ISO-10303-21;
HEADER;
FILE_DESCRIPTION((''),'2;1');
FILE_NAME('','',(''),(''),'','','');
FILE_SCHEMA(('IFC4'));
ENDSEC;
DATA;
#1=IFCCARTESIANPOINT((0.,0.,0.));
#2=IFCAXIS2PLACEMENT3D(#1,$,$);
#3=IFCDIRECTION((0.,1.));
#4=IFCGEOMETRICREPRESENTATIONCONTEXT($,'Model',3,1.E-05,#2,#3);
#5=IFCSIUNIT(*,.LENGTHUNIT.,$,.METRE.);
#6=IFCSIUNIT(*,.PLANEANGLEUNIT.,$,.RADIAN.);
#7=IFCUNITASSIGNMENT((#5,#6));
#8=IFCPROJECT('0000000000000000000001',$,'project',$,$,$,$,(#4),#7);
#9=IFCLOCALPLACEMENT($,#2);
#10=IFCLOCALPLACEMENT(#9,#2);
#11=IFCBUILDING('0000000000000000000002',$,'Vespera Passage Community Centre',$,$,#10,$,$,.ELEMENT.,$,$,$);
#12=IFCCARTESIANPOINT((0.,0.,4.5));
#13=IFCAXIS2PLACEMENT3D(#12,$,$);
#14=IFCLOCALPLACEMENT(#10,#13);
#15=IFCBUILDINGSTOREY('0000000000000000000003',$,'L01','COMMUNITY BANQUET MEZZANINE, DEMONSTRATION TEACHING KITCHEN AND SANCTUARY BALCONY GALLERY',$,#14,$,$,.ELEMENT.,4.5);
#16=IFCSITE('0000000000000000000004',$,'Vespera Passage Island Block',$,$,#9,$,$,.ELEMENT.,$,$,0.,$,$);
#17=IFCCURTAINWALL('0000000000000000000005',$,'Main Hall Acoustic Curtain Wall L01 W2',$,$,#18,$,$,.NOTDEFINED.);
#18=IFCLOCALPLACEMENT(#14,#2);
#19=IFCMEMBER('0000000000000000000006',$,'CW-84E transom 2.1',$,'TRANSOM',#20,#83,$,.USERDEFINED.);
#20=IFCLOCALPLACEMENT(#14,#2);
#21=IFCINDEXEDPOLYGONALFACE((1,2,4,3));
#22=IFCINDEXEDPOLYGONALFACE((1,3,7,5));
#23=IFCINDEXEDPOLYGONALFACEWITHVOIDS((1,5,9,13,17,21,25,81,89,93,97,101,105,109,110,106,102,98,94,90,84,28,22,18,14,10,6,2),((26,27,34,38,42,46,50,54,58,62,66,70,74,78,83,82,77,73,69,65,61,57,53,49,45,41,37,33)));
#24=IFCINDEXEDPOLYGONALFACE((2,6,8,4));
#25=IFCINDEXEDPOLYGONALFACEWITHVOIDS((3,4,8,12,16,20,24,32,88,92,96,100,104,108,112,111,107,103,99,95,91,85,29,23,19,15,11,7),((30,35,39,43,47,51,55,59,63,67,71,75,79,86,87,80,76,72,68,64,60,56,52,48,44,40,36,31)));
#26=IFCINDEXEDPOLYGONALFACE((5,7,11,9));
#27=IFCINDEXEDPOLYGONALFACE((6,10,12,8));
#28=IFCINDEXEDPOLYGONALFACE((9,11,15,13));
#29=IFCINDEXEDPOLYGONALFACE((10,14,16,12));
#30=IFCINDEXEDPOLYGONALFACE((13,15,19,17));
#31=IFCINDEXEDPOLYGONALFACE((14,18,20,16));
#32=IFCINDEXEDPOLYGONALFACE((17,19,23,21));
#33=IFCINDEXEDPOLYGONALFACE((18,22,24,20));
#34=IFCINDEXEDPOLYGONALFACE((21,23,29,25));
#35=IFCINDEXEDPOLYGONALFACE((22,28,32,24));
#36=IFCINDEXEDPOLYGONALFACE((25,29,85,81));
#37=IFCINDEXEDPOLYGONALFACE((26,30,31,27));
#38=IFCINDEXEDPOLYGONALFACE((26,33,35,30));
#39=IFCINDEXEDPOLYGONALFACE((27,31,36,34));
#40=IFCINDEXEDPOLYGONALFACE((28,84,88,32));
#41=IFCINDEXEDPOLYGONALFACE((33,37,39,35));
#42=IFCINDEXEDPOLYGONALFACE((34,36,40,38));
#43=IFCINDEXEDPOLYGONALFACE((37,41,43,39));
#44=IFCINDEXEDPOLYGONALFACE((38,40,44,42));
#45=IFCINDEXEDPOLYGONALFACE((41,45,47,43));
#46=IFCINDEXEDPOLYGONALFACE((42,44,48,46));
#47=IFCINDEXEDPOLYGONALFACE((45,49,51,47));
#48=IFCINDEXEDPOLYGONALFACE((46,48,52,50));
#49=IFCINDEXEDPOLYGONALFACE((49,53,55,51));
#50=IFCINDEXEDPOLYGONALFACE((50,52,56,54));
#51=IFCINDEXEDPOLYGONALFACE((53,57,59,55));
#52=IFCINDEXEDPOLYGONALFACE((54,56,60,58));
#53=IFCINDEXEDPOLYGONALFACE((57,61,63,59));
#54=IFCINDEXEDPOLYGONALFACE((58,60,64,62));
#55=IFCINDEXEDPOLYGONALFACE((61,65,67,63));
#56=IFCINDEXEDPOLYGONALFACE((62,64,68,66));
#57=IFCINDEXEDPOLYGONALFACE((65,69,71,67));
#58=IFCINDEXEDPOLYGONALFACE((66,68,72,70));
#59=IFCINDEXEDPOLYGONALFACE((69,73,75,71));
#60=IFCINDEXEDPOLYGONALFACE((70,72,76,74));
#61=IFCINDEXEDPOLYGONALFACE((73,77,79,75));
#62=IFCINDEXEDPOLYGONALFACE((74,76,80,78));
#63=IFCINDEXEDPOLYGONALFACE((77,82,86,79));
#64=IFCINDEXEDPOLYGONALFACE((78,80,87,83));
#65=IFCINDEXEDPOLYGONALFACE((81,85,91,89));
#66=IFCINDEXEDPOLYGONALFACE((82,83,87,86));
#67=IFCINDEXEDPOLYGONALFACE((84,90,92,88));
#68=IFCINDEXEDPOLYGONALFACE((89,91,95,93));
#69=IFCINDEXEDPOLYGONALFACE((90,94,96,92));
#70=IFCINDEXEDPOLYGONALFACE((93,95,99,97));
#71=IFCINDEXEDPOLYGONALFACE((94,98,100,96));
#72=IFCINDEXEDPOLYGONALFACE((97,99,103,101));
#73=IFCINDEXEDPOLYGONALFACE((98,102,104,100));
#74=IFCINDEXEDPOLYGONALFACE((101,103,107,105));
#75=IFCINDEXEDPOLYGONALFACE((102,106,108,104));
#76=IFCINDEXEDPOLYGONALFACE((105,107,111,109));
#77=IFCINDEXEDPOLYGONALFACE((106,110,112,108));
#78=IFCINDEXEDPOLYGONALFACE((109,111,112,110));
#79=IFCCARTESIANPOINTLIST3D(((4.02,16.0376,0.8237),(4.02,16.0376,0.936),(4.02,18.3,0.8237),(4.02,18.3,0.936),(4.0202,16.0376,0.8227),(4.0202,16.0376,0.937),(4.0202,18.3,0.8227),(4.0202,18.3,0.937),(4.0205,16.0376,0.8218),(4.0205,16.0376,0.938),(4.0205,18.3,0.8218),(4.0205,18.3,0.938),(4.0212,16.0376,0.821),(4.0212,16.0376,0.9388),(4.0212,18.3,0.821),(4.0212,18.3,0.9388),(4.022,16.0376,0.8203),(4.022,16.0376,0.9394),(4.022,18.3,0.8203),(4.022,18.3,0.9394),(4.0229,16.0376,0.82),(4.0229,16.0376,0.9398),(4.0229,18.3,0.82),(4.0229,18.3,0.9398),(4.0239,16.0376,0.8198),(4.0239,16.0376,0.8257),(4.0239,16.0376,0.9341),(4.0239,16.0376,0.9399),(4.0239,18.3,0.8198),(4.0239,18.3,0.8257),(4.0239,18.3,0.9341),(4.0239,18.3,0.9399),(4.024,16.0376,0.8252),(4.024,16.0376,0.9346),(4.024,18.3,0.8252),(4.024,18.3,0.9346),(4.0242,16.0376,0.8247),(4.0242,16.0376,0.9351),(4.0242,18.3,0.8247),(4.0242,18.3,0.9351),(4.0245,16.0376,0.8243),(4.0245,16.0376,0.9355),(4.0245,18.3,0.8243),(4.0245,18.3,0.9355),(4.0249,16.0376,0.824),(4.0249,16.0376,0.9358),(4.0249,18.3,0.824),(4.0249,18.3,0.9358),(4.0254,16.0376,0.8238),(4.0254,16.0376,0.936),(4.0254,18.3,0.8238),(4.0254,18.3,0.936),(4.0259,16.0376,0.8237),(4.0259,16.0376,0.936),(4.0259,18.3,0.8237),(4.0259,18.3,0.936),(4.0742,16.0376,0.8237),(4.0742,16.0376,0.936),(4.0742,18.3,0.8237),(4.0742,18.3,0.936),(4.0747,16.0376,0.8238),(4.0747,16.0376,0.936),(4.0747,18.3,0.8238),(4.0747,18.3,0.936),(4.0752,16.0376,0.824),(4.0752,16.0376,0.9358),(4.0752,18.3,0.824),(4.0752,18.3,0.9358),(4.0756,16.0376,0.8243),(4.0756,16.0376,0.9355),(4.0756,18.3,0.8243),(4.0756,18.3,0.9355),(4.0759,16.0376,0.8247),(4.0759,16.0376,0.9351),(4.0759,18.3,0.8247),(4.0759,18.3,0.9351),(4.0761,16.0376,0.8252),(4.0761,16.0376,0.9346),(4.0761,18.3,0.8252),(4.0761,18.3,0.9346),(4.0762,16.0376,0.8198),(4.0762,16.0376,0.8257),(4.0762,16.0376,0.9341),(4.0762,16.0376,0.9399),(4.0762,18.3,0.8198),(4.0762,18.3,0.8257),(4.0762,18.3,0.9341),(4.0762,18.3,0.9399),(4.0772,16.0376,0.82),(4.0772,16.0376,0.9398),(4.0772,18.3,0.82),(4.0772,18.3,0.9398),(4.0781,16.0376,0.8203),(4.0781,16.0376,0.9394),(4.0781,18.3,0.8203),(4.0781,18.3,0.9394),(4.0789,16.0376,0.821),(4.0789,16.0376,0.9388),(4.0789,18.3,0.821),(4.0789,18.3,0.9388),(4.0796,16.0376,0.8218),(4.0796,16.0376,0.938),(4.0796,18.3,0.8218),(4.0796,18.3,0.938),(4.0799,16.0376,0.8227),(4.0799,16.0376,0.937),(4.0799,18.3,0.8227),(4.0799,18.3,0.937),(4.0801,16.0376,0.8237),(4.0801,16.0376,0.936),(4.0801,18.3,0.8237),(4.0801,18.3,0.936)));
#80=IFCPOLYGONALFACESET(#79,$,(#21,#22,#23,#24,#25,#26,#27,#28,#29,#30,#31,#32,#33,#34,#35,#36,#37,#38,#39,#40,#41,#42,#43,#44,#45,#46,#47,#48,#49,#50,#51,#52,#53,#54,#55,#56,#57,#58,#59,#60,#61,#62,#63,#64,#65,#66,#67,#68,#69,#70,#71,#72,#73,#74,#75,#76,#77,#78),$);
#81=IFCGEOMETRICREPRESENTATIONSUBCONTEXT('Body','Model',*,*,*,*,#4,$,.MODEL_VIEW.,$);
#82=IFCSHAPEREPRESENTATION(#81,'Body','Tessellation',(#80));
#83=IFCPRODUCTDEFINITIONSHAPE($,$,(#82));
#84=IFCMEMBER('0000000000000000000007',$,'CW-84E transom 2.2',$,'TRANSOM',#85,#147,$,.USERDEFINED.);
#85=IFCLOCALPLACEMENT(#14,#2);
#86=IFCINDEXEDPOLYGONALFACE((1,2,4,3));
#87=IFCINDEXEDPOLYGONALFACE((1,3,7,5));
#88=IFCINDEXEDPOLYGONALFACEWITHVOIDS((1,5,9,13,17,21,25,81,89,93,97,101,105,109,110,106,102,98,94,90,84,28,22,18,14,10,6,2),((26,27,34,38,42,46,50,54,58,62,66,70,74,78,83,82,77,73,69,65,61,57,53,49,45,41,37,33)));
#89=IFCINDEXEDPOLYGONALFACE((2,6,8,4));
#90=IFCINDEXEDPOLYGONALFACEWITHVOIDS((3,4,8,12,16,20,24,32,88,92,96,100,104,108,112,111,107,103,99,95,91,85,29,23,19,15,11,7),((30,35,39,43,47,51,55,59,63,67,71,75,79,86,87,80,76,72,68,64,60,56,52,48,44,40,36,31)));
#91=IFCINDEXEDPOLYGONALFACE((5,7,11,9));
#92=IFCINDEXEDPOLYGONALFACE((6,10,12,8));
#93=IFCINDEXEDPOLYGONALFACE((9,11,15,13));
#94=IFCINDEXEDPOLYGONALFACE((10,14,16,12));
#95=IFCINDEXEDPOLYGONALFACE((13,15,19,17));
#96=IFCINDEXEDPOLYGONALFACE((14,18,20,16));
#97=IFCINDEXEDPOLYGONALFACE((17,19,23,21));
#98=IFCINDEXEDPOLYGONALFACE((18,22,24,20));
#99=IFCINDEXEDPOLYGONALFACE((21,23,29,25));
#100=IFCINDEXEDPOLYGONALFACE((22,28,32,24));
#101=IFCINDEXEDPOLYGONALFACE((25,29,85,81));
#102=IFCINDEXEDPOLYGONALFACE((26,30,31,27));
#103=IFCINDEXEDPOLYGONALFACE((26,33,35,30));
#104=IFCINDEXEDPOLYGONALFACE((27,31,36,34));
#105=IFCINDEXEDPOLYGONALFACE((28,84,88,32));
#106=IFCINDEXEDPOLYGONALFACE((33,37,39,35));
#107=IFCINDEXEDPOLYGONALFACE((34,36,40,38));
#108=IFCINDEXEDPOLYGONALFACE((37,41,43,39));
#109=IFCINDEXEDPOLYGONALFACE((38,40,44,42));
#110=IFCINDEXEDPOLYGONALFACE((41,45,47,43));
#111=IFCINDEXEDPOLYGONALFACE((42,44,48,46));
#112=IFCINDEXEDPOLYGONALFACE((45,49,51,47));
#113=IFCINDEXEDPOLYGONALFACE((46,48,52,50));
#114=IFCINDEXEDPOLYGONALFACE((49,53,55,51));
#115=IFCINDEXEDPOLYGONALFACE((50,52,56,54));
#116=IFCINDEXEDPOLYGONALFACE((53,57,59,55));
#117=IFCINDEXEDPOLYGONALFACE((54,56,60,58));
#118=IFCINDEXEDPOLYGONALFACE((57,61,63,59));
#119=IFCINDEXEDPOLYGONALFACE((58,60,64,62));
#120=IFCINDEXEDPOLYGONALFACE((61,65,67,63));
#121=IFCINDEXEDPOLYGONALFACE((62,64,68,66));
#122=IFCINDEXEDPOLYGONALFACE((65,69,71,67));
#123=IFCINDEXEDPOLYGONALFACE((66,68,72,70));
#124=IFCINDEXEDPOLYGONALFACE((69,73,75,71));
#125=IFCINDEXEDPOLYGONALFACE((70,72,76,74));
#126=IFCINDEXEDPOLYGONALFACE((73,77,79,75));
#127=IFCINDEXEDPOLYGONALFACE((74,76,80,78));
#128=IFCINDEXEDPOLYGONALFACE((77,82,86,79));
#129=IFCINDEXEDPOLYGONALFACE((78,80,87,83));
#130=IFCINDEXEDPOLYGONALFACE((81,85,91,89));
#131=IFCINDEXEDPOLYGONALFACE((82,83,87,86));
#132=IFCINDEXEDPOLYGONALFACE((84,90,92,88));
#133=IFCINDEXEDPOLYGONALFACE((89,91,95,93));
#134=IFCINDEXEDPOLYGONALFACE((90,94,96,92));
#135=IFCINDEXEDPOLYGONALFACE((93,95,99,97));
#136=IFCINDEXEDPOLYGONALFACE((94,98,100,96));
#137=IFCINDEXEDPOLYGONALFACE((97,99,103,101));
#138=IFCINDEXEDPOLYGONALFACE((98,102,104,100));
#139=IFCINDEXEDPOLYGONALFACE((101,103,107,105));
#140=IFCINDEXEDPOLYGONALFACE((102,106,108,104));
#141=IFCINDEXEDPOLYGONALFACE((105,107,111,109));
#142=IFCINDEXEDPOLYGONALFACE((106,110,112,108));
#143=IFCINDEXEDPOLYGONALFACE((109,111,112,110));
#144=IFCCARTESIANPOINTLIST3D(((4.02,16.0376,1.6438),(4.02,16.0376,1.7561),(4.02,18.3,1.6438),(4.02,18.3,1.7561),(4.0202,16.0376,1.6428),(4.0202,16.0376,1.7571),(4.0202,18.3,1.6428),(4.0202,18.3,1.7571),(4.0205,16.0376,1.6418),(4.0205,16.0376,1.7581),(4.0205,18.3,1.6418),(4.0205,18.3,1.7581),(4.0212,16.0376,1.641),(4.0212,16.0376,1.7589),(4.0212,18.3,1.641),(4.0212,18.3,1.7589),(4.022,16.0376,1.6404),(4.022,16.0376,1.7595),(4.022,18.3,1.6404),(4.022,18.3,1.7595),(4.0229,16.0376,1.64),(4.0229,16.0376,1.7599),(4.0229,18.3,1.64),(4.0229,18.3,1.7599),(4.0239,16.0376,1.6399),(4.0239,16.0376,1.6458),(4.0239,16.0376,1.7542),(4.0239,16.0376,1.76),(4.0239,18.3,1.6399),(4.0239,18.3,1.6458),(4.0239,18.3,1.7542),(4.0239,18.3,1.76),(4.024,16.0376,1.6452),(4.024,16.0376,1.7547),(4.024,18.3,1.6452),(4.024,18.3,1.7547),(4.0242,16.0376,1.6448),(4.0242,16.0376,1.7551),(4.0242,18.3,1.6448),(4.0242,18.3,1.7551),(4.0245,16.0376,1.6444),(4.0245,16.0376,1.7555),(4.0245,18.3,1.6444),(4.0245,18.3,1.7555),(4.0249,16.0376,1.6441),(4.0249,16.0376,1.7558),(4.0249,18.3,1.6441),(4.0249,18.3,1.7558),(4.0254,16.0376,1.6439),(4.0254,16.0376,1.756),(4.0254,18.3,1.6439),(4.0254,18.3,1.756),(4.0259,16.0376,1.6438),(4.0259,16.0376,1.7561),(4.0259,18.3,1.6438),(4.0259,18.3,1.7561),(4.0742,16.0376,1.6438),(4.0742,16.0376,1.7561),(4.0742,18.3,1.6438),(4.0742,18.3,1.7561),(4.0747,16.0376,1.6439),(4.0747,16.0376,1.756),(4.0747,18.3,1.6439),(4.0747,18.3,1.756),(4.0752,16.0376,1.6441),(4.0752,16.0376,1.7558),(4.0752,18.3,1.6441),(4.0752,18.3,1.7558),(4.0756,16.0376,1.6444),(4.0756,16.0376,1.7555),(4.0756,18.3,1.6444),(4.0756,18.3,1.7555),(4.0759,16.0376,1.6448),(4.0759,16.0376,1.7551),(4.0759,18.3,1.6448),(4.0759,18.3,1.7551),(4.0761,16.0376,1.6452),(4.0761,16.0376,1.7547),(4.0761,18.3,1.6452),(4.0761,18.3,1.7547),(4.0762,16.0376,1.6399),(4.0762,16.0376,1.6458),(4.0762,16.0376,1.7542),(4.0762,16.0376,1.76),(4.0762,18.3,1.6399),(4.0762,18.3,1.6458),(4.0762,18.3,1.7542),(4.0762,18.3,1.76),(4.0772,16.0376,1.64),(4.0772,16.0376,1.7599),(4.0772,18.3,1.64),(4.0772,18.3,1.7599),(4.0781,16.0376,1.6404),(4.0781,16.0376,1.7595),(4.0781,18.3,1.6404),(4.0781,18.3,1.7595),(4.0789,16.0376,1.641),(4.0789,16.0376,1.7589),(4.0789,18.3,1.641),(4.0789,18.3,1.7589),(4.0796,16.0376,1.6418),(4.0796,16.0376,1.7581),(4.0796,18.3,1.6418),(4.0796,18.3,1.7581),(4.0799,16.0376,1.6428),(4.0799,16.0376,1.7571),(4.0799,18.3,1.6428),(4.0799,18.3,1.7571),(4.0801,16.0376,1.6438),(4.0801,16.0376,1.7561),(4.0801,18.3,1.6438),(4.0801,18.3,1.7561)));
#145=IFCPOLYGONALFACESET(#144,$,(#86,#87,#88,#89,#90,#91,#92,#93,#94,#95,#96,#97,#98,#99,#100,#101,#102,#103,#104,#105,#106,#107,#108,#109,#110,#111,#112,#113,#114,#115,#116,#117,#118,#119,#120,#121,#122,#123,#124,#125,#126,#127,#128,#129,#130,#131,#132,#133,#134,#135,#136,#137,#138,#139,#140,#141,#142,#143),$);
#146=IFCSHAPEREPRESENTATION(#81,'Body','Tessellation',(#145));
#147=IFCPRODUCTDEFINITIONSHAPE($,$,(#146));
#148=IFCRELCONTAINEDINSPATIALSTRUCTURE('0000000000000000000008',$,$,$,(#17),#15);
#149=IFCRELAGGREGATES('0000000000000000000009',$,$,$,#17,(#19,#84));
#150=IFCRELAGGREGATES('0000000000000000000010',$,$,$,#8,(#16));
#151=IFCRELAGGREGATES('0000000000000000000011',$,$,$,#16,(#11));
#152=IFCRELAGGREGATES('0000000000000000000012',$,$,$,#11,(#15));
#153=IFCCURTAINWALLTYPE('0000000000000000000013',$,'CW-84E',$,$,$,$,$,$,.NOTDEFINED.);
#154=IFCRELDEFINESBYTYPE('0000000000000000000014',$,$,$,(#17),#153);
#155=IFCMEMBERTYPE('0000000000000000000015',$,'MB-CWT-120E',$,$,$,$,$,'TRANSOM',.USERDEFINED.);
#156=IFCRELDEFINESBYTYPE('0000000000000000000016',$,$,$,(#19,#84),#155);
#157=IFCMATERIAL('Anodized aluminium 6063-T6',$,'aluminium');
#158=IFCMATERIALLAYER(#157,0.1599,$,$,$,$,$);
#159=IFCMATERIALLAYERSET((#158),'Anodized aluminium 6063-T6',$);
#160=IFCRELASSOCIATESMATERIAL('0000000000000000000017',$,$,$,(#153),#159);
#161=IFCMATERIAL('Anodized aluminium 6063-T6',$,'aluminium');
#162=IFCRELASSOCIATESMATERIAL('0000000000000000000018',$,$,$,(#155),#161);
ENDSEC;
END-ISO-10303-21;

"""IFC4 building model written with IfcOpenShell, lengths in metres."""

from ifc_helpers import new_model, si_unit, direction, frame, origin, origin_2d, place, context, subcontext, project, spatial, hollow_rectangle, extrude, material, layer, layer_set, material_profile, profile_set, type_object, element, aggregate, save


model = new_model("IFC4")

# Units and contexts
model_context = context("Model", 3, precision=1e-05, world=origin(), true_north=direction((0.0, 1.0)))
body_context = subcontext(model_context, "Body", "Model", "MODEL_VIEW")
ifc_project = project(units=[si_unit("LENGTHUNIT", "METRE"), si_unit("PLANEANGLEUNIT", "RADIAN")], contexts=[model_context])

# Site, building, storey
site_placement = place(None, origin())
site = spatial("IfcSite", under=ifc_project, at=site_placement, Name="Vespera Passage Island Block", CompositionType="ELEMENT", RefElevation=0.0)
building_placement = place(site_placement, origin())
building = spatial("IfcBuilding", under=site, at=building_placement, Name="Vespera Passage Community Centre", CompositionType="ELEMENT")
storey_placement = place(building_placement, frame((0.0, 0.0, 4.5)))
storey = spatial("IfcBuildingStorey", under=building, at=storey_placement, Name="L01", Description="COMMUNITY BANQUET MEZZANINE, DEMONSTRATION TEACHING KITCHEN AND SANCTUARY BALCONY GALLERY", CompositionType="ELEMENT", Elevation=4.5)

# Curtain wall
ifc_material_1 = material(Name="Anodized aluminium 6063-T6", Category="aluminium")
ifc_layer_1 = layer(ifc_material_1, 0.1599)
ifc_layer_set_1 = layer_set([ifc_layer_1], Name="Anodized aluminium 6063-T6")
curtain_wall_type = type_object("IfcCurtainWallType", Name="CW-84E", PredefinedType="NOTDEFINED", material=ifc_layer_set_1)
curtain_wall_1_placement = place(storey_placement, origin())
curtain_wall_1 = element("IfcCurtainWall", 1, at=curtain_wall_1_placement, inside=storey, type_object=curtain_wall_type, Name="Main Hall Acoustic Curtain Wall L01 W2", PredefinedType="NOTDEFINED")

# Members
ifc_material_2 = material(Name="Anodized aluminium 6063-T6", Category="aluminium")
ifc_material_profile_1 = material_profile(ifc_material_2, hollow_rectangle(XDim=0.0601, YDim=0.1201, WallThickness=0.0039, InnerFilletRadius=0.002, OuterFilletRadius=0.0039, at=origin_2d()), Name="ALU120X60X4")
ifc_profile_set_1 = profile_set([ifc_material_profile_1], Name="Anodized aluminium 6063-T6")
member_type_1 = type_object("IfcMemberType", Name="MB-CWT-120E", ElementType="TRANSOM", PredefinedType="USERDEFINED", material=ifc_profile_set_1)
member_1_placement = place(storey_placement, frame((4.05, 16.0376, 0.8799), z_axis=(0.0, 1.0, 0.0), x_axis=(-1.0, 0.0, 0.0)))
member_1 = element("IfcMember", 2, at=member_1_placement, type_object=member_type_1, Name="CW-84E transom 2.1", ObjectType="TRANSOM", PredefinedType="USERDEFINED", context=body_context, shape_type="SweptSolid", body=[
    extrude(hollow_rectangle(XDim=0.0601, YDim=0.1201, WallThickness=0.0039, InnerFilletRadius=0.002, OuterFilletRadius=0.0039, at=origin_2d()), origin(), (0.0, 0.0, 1.0), 2.2625),
])
member_2_placement = place(storey_placement, frame((4.05, 16.0376, 1.7), z_axis=(0.0, 1.0, 0.0), x_axis=(-1.0, 0.0, 0.0)))
member_2 = element("IfcMember", 3, at=member_2_placement, type_object=member_type_1, Name="CW-84E transom 2.2", ObjectType="TRANSOM", PredefinedType="USERDEFINED", context=body_context, shape_type="SweptSolid", body=[
    extrude(hollow_rectangle(XDim=0.0601, YDim=0.1201, WallThickness=0.0039, InnerFilletRadius=0.002, OuterFilletRadius=0.0039, at=origin_2d()), origin(), (0.0, 0.0, 1.0), 2.2625),
])

aggregate(curtain_wall_1, [member_1, member_2])

save(model, "model.ifc")
